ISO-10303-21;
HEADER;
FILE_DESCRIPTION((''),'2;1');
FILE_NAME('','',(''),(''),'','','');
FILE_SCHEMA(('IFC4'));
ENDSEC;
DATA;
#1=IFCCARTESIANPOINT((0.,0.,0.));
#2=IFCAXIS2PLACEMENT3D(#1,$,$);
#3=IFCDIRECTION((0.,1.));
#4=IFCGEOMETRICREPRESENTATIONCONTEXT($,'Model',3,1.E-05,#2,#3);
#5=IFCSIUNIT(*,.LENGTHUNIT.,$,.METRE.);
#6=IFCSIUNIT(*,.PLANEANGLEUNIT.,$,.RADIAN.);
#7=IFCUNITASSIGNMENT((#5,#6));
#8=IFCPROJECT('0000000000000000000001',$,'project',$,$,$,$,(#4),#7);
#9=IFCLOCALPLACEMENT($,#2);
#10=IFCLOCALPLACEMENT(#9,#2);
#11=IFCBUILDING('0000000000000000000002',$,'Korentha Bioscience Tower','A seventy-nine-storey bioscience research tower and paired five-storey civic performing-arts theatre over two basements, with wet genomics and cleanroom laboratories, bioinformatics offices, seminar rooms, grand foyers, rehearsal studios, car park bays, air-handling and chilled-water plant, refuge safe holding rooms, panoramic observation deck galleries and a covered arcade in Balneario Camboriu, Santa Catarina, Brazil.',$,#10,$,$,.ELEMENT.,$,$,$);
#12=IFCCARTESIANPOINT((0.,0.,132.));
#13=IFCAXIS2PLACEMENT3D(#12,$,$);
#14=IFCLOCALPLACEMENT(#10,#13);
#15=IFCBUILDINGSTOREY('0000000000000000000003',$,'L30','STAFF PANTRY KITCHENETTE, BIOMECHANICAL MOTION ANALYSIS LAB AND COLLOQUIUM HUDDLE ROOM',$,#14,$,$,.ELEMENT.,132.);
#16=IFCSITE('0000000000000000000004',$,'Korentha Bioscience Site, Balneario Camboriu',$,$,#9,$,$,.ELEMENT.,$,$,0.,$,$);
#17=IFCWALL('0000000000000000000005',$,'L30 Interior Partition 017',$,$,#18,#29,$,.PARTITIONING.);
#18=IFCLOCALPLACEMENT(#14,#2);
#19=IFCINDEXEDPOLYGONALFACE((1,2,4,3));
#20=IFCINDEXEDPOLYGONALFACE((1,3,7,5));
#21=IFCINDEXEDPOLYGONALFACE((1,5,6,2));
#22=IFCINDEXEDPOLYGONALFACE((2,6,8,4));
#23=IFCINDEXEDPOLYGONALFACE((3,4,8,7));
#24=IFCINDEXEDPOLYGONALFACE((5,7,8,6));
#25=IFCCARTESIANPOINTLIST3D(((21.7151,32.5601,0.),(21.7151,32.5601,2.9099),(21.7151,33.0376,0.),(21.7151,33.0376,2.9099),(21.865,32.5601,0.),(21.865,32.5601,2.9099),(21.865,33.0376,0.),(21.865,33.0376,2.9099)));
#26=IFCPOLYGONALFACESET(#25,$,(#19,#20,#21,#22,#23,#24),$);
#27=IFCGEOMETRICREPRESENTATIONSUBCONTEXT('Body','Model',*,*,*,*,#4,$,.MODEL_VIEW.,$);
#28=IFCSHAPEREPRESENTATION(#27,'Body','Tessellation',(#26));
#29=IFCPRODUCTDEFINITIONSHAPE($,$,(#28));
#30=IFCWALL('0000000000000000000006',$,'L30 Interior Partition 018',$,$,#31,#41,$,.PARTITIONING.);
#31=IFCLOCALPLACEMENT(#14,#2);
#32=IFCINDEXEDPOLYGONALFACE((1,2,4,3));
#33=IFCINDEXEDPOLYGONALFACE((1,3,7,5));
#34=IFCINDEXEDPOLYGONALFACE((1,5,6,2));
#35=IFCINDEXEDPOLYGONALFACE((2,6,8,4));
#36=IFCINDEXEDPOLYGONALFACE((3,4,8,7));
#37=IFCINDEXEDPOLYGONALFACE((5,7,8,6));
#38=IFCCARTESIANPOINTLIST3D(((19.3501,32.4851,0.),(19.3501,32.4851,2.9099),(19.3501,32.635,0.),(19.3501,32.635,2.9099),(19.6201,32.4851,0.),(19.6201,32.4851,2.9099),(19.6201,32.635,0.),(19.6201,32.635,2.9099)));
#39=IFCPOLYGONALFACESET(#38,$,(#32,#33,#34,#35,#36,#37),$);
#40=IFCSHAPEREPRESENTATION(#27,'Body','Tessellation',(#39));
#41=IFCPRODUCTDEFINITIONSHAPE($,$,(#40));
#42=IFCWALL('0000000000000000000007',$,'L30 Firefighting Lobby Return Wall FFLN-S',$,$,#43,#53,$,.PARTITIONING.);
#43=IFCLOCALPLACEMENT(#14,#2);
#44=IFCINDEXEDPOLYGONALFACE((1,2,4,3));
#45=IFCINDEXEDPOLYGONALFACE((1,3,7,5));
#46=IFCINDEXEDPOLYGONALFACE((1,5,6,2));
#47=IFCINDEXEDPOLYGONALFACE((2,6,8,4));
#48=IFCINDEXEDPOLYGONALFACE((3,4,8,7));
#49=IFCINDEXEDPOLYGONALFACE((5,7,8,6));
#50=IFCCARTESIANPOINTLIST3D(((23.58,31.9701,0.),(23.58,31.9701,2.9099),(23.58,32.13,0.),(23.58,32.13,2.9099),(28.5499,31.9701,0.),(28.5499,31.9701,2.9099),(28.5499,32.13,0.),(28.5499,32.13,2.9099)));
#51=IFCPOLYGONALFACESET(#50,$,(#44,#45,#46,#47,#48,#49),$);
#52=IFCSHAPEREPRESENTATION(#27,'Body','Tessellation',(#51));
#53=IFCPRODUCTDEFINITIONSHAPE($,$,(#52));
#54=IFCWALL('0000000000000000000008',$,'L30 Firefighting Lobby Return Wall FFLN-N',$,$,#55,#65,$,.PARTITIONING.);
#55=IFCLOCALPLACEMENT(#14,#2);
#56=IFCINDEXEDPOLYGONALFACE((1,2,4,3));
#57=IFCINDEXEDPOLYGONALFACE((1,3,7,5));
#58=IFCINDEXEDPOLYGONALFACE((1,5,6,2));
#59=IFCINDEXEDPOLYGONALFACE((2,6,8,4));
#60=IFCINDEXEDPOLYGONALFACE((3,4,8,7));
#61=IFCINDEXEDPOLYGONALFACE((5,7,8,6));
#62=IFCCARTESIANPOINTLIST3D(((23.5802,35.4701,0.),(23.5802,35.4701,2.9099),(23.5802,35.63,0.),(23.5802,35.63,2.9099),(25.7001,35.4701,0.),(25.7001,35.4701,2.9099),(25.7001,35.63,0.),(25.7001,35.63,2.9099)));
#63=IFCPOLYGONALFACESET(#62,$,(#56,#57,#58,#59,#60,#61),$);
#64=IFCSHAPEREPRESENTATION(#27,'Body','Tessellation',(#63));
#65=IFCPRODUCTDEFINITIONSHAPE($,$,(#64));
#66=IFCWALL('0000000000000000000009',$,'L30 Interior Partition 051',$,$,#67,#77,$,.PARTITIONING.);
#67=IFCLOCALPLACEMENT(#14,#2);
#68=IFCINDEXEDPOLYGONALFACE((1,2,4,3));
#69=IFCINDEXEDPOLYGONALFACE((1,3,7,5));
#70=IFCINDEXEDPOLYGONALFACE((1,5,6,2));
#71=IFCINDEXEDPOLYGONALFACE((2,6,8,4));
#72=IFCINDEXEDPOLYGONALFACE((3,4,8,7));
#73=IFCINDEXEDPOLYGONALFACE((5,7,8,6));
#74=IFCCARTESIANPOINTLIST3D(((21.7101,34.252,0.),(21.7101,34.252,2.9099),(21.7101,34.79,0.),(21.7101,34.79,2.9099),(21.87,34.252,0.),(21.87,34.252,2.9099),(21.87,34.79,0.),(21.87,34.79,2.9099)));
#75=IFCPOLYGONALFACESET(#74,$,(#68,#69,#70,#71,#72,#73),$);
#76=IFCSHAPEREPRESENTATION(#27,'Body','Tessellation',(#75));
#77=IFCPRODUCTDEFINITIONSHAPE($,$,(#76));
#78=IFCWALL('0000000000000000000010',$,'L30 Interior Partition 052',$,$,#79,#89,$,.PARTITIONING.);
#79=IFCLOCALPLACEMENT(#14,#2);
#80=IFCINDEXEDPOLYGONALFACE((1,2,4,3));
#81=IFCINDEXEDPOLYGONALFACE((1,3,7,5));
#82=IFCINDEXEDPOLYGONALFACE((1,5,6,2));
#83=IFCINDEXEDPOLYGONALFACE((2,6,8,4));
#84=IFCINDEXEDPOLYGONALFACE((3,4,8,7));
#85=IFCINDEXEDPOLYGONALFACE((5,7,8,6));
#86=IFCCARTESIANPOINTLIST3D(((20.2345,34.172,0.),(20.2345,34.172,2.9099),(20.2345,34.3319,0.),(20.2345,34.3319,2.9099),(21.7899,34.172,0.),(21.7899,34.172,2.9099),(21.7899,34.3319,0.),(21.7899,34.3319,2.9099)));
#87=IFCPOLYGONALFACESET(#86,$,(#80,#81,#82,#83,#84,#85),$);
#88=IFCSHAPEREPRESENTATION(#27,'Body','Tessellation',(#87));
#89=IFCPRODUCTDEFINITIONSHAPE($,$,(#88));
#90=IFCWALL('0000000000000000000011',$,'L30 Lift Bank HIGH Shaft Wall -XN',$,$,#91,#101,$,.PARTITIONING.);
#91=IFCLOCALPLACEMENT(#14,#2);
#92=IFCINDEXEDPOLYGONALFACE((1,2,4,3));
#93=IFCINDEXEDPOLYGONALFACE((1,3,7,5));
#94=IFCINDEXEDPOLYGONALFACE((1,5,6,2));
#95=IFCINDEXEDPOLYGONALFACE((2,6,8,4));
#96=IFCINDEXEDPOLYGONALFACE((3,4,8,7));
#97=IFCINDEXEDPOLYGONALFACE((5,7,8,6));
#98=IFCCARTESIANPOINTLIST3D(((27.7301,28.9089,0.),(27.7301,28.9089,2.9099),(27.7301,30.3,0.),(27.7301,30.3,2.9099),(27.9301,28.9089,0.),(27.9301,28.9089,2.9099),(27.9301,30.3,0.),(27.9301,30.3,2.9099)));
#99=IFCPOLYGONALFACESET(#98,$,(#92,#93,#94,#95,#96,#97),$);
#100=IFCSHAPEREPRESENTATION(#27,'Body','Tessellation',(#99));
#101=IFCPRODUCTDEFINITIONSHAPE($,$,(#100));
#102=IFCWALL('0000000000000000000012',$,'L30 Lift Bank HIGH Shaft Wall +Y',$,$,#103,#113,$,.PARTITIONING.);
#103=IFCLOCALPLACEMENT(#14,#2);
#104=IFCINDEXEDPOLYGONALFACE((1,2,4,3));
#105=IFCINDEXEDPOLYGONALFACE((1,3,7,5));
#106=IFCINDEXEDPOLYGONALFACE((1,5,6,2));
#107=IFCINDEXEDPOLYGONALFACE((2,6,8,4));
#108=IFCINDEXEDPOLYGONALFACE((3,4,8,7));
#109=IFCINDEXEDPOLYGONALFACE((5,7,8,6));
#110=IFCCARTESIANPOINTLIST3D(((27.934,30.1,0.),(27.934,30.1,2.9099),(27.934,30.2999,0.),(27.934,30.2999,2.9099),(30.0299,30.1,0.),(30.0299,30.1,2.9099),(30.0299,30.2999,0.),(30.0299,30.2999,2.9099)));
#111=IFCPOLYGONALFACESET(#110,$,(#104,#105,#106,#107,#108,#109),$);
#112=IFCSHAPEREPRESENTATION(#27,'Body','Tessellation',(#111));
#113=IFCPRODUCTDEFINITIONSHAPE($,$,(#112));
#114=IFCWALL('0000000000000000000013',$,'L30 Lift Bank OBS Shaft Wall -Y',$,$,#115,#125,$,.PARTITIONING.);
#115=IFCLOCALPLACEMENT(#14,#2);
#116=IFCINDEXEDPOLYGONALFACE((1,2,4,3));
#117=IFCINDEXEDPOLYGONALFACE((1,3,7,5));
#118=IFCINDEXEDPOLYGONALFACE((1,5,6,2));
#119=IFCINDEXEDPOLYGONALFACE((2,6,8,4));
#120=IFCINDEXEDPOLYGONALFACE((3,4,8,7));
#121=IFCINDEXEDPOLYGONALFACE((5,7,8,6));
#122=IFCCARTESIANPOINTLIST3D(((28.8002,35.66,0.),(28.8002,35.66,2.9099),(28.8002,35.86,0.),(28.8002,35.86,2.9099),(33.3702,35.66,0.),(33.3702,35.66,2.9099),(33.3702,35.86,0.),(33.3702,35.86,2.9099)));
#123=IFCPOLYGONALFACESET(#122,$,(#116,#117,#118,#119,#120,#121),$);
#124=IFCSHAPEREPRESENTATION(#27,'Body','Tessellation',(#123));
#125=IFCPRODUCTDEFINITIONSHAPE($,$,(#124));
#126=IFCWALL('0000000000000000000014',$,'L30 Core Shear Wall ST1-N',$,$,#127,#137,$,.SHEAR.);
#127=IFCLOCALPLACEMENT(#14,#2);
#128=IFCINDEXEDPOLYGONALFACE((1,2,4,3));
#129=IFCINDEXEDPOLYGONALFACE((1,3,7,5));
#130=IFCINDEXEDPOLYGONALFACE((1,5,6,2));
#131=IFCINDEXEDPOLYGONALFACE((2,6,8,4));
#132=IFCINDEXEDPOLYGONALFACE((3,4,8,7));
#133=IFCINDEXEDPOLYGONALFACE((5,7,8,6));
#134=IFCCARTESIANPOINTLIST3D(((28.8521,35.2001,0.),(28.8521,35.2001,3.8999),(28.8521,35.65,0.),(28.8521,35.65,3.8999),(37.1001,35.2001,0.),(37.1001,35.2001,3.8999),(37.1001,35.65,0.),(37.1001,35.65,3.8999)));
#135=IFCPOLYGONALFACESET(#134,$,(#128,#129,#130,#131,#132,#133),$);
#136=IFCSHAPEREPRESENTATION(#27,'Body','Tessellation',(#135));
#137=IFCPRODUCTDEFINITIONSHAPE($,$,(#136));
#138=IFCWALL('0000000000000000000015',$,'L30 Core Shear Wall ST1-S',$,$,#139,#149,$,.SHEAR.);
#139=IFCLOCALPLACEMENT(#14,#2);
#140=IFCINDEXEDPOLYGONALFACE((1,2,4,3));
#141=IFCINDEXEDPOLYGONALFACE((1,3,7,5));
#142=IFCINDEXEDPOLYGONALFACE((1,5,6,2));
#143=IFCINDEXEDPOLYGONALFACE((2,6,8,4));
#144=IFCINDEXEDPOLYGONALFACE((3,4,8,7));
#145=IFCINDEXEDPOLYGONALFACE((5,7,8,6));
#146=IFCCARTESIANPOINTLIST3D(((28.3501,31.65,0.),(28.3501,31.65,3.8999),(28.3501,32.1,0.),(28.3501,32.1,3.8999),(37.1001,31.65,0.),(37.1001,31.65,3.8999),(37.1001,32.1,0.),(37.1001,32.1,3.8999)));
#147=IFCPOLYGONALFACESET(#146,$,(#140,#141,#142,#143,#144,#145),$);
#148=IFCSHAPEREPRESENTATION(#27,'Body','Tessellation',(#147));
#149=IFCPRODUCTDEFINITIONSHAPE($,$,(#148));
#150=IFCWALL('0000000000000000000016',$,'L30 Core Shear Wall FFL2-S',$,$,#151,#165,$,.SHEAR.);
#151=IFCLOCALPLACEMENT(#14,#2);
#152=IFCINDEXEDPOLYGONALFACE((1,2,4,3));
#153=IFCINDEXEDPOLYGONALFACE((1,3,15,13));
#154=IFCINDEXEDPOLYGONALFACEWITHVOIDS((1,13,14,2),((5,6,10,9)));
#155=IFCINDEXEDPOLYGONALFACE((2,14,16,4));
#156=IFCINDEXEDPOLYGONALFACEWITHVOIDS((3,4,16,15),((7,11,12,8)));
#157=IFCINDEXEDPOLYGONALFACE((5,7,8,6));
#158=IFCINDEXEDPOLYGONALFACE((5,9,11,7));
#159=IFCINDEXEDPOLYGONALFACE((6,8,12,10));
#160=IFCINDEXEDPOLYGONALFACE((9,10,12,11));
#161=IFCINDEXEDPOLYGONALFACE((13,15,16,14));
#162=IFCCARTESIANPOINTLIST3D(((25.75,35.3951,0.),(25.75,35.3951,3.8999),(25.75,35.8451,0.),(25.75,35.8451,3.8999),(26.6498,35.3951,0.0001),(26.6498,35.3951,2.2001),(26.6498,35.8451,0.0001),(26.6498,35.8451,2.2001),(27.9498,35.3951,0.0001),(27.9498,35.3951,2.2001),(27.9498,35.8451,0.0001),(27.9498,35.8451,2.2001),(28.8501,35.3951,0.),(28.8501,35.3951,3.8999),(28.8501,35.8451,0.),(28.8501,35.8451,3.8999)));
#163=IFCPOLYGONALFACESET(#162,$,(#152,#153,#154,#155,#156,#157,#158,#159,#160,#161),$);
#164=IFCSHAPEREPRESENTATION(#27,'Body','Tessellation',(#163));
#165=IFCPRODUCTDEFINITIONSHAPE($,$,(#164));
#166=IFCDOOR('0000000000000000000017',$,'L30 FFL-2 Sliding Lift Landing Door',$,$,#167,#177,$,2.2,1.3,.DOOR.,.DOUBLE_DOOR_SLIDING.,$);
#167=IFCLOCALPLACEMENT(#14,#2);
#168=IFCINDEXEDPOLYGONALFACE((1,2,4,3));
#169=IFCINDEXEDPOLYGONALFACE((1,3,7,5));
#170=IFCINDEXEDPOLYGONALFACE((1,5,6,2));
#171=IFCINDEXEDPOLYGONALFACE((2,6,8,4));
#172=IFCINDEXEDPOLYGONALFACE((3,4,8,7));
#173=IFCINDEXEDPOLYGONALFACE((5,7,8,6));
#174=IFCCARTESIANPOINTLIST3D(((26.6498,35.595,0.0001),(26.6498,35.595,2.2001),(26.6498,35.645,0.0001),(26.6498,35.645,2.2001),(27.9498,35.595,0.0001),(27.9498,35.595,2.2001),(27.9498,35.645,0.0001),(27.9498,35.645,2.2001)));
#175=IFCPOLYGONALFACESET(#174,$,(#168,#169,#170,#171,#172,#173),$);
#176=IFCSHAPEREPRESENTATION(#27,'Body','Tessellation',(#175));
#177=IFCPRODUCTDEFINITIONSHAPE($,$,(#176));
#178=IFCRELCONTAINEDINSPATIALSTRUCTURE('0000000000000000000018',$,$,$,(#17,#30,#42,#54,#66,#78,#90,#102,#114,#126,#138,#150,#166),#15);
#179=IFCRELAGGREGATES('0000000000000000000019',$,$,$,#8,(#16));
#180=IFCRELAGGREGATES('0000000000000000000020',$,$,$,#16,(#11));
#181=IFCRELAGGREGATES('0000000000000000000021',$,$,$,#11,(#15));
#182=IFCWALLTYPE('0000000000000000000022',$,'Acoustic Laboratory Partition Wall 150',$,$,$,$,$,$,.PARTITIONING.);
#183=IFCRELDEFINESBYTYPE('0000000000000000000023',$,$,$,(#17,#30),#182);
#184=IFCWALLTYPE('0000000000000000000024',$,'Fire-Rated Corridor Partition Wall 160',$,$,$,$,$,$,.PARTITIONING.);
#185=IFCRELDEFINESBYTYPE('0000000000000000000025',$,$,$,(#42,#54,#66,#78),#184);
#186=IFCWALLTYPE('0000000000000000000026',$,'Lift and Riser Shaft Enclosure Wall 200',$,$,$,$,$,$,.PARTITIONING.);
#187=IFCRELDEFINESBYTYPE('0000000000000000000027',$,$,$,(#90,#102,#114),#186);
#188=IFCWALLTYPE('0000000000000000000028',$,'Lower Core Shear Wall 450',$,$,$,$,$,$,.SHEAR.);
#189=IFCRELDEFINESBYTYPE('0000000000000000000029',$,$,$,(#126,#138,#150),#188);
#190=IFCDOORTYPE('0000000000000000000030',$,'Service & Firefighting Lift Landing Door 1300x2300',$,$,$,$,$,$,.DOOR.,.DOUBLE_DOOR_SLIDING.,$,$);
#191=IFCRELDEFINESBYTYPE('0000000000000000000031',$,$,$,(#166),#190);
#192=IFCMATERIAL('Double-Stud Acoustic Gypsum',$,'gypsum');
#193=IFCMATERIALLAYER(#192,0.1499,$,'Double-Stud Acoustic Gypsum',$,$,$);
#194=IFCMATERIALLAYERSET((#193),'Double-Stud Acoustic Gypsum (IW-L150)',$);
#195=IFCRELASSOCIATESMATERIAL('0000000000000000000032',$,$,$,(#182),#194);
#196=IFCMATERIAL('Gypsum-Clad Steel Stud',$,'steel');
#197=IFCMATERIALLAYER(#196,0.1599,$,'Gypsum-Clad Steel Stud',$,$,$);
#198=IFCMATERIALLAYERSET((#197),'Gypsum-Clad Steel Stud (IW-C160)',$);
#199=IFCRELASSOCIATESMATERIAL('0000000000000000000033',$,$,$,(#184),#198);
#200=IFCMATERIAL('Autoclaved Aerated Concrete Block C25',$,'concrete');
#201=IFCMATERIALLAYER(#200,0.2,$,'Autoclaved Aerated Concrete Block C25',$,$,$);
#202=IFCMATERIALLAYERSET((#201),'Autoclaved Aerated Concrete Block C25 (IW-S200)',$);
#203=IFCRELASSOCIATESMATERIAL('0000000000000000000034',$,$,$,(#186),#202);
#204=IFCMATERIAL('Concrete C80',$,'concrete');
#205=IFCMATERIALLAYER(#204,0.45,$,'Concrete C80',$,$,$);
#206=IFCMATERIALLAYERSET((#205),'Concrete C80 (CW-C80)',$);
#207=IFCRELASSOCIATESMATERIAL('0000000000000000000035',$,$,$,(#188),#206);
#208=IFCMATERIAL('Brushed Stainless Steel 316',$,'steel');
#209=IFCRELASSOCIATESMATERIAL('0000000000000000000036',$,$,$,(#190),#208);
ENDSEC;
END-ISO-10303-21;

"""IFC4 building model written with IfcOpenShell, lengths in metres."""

from ifc_helpers import new_model, si_unit, direction, frame, frame_2d, origin, place, context, subcontext, project, spatial, rectangle, extrude, material, layer, layer_set, type_object, element, fill, save


model = new_model("IFC4")

# Units and contexts
model_context = context("Model", 3, precision=1e-05, world=origin(), true_north=direction((0.0, 1.0)))
body_context = subcontext(model_context, "Body", "Model", "MODEL_VIEW")
ifc_project = project(units=[si_unit("LENGTHUNIT", "METRE"), si_unit("PLANEANGLEUNIT", "RADIAN")], contexts=[model_context])

# Site, building, storey
site_placement = place(None, origin())
site = spatial("IfcSite", under=ifc_project, at=site_placement, Name="Korentha Bioscience Site, Balneario Camboriu", CompositionType="ELEMENT", RefElevation=0.0)
building_placement = place(site_placement, origin())
building = spatial("IfcBuilding", under=site, at=building_placement, Name="Korentha Bioscience Tower", Description="A seventy-nine-storey bioscience research tower and paired five-storey civic performing-arts theatre over two basements, with wet genomics and cleanroom laboratories, bioinformatics offices, seminar rooms, grand foyers, rehearsal studios, car park bays, air-handling and chilled-water plant, refuge safe holding rooms, panoramic observation deck galleries and a covered arcade in Balneario Camboriu, Santa Catarina, Brazil.", CompositionType="ELEMENT")
storey_placement = place(building_placement, frame((0.0, 0.0, 132.0)))
storey = spatial("IfcBuildingStorey", under=building, at=storey_placement, Name="L30", Description="STAFF PANTRY KITCHENETTE, BIOMECHANICAL MOTION ANALYSIS LAB AND COLLOQUIUM HUDDLE ROOM", CompositionType="ELEMENT", Elevation=132.0)

# Walls
ifc_material_1 = material(Name="Double-Stud Acoustic Gypsum", Category="gypsum")
ifc_layer_1 = layer(ifc_material_1, 0.1499, Name="Double-Stud Acoustic Gypsum")
ifc_layer_set_1 = layer_set([ifc_layer_1], Name="Double-Stud Acoustic Gypsum (IW-L150)")
wall_type_1 = type_object("IfcWallType", Name="Acoustic Laboratory Partition Wall 150", PredefinedType="PARTITIONING", material=ifc_layer_set_1)
wall_1_placement = place(storey_placement, frame((21.79, 33.0376, 0.0), z_axis=(0.0, 0.0, 1.0), x_axis=(0.0, -1.0, 0.0)))
element("IfcWall", 1, at=wall_1_placement, inside=storey, type_object=wall_type_1, Name="L30 Interior Partition 017", PredefinedType="PARTITIONING", context=body_context, shape_type="SweptSolid", body=[
    extrude(rectangle(XDim=0.4775, YDim=0.1499, at=frame_2d((0.2388, 0.0))), origin(), (0.0, 0.0, 1.0), 2.9099),
])
wall_2_placement = place(storey_placement, frame((19.6201, 32.5601, 0.0), z_axis=(0.0, 0.0, 1.0), x_axis=(-1.0, 0.0, 0.0)))
element("IfcWall", 2, at=wall_2_placement, inside=storey, type_object=wall_type_1, Name="L30 Interior Partition 018", PredefinedType="PARTITIONING", context=body_context, shape_type="SweptSolid", body=[
    extrude(rectangle(XDim=0.27, YDim=0.1499, at=frame_2d((0.135, 0.0))), origin(), (0.0, 0.0, 1.0), 2.9099),
])

# Shared definitions
ifc_material_2 = material(Name="Gypsum-Clad Steel Stud", Category="steel")
ifc_layer_2 = layer(ifc_material_2, 0.1599, Name="Gypsum-Clad Steel Stud")
ifc_layer_set_2 = layer_set([ifc_layer_2], Name="Gypsum-Clad Steel Stud (IW-C160)")
wall_type_2 = type_object("IfcWallType", Name="Fire-Rated Corridor Partition Wall 160", PredefinedType="PARTITIONING", material=ifc_layer_set_2)

# Walls
wall_3_placement = place(storey_placement, frame((23.5801, 32.05, 0.0), z_axis=(0.0, 0.0, 1.0), x_axis=(1.0, 0.0, 0.0)))
element("IfcWall", 3, at=wall_3_placement, inside=storey, type_object=wall_type_2, Name="L30 Firefighting Lobby Return Wall FFLN-S", PredefinedType="PARTITIONING", context=body_context, shape_type="SweptSolid", body=[
    extrude(rectangle(XDim=4.97, YDim=0.1599, at=frame_2d((2.4849, 0.0))), origin(), (0.0, 0.0, 1.0), 2.9099),
])
wall_4_placement = place(storey_placement, frame((23.5801, 35.55, 0.0), z_axis=(0.0, 0.0, 1.0), x_axis=(1.0, 0.0, 0.0)))
element("IfcWall", 4, at=wall_4_placement, inside=storey, type_object=wall_type_2, Name="L30 Firefighting Lobby Return Wall FFLN-N", PredefinedType="PARTITIONING", context=body_context, shape_type="SweptSolid", body=[
    extrude(rectangle(XDim=2.1199, YDim=0.1599, at=frame_2d((1.0601, 0.0))), origin(), (0.0, 0.0, 1.0), 2.9099),
])
wall_5_placement = place(storey_placement, frame((21.79, 34.79, 0.0), z_axis=(0.0, 0.0, 1.0), x_axis=(0.0, -1.0, 0.0)))
element("IfcWall", 5, at=wall_5_placement, inside=storey, type_object=wall_type_2, Name="L30 Interior Partition 051", PredefinedType="PARTITIONING", context=body_context, shape_type="SweptSolid", body=[
    extrude(rectangle(XDim=0.5381, YDim=0.1599, at=frame_2d((0.269, 0.0))), origin(), (0.0, 0.0, 1.0), 2.9099),
])
wall_6_placement = place(storey_placement, frame((21.79, 34.252, 0.0), z_axis=(0.0, 0.0, 1.0), x_axis=(-1.0, 0.0, 0.0)))
element("IfcWall", 6, at=wall_6_placement, inside=storey, type_object=wall_type_2, Name="L30 Interior Partition 052", PredefinedType="PARTITIONING", context=body_context, shape_type="SweptSolid", body=[
    extrude(rectangle(XDim=1.5554, YDim=0.1599, at=frame_2d((0.7778, 0.0))), origin(), (0.0, 0.0, 1.0), 2.9099),
])
ifc_material_3 = material(Name="Autoclaved Aerated Concrete Block C25", Category="concrete")
ifc_layer_3 = layer(ifc_material_3, 0.2, Name="Autoclaved Aerated Concrete Block C25")
ifc_layer_set_3 = layer_set([ifc_layer_3], Name="Autoclaved Aerated Concrete Block C25 (IW-S200)")
wall_type_3 = type_object("IfcWallType", Name="Lift and Riser Shaft Enclosure Wall 200", PredefinedType="PARTITIONING", material=ifc_layer_set_3)
wall_7_placement = place(storey_placement, frame((27.8301, 28.9089, 0.0), z_axis=(0.0, 0.0, 1.0), x_axis=(0.0, 1.0, 0.0)))
element("IfcWall", 7, at=wall_7_placement, inside=storey, type_object=wall_type_3, Name="L30 Lift Bank HIGH Shaft Wall -XN", PredefinedType="PARTITIONING", context=body_context, shape_type="SweptSolid", body=[
    extrude(rectangle(XDim=1.3911, YDim=0.2, at=frame_2d((0.6956, 0.0))), origin(), (0.0, 0.0, 1.0), 2.9099),
])
wall_8_placement = place(storey_placement, frame((27.9341, 30.2, 0.0), z_axis=(0.0, 0.0, 1.0), x_axis=(1.0, 0.0, 0.0)))
element("IfcWall", 8, at=wall_8_placement, inside=storey, type_object=wall_type_3, Name="L30 Lift Bank HIGH Shaft Wall +Y", PredefinedType="PARTITIONING", context=body_context, shape_type="SweptSolid", body=[
    extrude(rectangle(XDim=2.0959, YDim=0.2, at=frame_2d((1.0479, 0.0))), origin(), (0.0, 0.0, 1.0), 2.9099),
])
wall_9_placement = place(storey_placement, frame((28.8, 35.76, 0.0), z_axis=(0.0, 0.0, 1.0), x_axis=(1.0, 0.0, 0.0)))
element("IfcWall", 9, at=wall_9_placement, inside=storey, type_object=wall_type_3, Name="L30 Lift Bank OBS Shaft Wall -Y", PredefinedType="PARTITIONING", context=body_context, shape_type="SweptSolid", body=[
    extrude(rectangle(XDim=4.5701, YDim=0.2, at=frame_2d((2.2852, 0.0))), origin(), (0.0, 0.0, 1.0), 2.9099),
])
ifc_material_4 = material(Name="Concrete C80", Category="concrete")
ifc_layer_4 = layer(ifc_material_4, 0.45, Name="Concrete C80")
ifc_layer_set_4 = layer_set([ifc_layer_4], Name="Concrete C80 (CW-C80)")
wall_type_4 = type_object("IfcWallType", Name="Lower Core Shear Wall 450", PredefinedType="SHEAR", material=ifc_layer_set_4)
wall_10_placement = place(storey_placement, frame((28.8521, 35.425, 0.0), z_axis=(0.0, 0.0, 1.0), x_axis=(1.0, 0.0, 0.0)))
element("IfcWall", 10, at=wall_10_placement, inside=storey, type_object=wall_type_4, Name="L30 Core Shear Wall ST1-N", PredefinedType="SHEAR", context=body_context, shape_type="SweptSolid", body=[
    extrude(rectangle(XDim=8.248, YDim=0.45, at=frame_2d((4.124, 0.0))), origin(), (0.0, 0.0, 1.0), 3.8999),
])
wall_11_placement = place(storey_placement, frame((28.3501, 31.875, 0.0), z_axis=(0.0, 0.0, 1.0), x_axis=(1.0, 0.0, 0.0)))
element("IfcWall", 11, at=wall_11_placement, inside=storey, type_object=wall_type_4, Name="L30 Core Shear Wall ST1-S", PredefinedType="SHEAR", context=body_context, shape_type="SweptSolid", body=[
    extrude(rectangle(XDim=8.75, YDim=0.45, at=frame_2d((4.375, 0.0))), origin(), (0.0, 0.0, 1.0), 3.8999),
])

# Wall, opening, door
wall_12_placement = place(storey_placement, frame((25.75, 35.6201, 0.0), z_axis=(0.0, 0.0, 1.0), x_axis=(1.0, 0.0, 0.0)))
wall_12 = element("IfcWall", 12, at=wall_12_placement, inside=storey, type_object=wall_type_4, Name="L30 Core Shear Wall FFL2-S", PredefinedType="SHEAR", context=body_context, shape_type="SweptSolid", body=[
    extrude(rectangle(XDim=3.1001, YDim=0.45, at=frame_2d((1.55, 0.0))), origin(), (0.0, 0.0, 1.0), 3.8999),
])
opening_1_placement = place(wall_12_placement, frame((0.8999, 0.0, 0.0)))
opening_1 = element("IfcOpeningElement", 13, at=opening_1_placement, cuts=wall_12, PredefinedType="OPENING", context=body_context, shape_type="SweptSolid", body=[
    extrude(rectangle(XDim=1.3, YDim=2.2, at=frame_2d((0.6499, 1.1001))), frame((0.0, 0.2397, 0.0), z_axis=(0.0, -1.0, 0.0), x_axis=(1.0, 0.0, 0.0)), (0.0, 0.0, 1.0), 0.4797),
])
ifc_material_5 = material(Name="Brushed Stainless Steel 316", Category="steel")
door_type_1 = type_object("IfcDoorType", Name="Service & Firefighting Lift Landing Door 1300x2300", OperationType="DOUBLE_DOOR_SLIDING", PredefinedType="DOOR", material=ifc_material_5)
door_1_placement = place(opening_1_placement, origin())
door_1 = element("IfcDoor", 14, at=door_1_placement, inside=storey, type_object=door_type_1, Name="L30 FFL-2 Sliding Lift Landing Door", OperationType="DOUBLE_DOOR_SLIDING", OverallHeight=2.2, OverallWidth=1.3, PredefinedType="DOOR", context=body_context, shape_type="SweptSolid", body=[
    extrude(rectangle(XDim=1.3, YDim=2.2, at=frame_2d((0.6499, 1.1001))), frame((0.0, 0.0249, 0.0), z_axis=(0.0, -1.0, 0.0), x_axis=(1.0, 0.0, 0.0)), (0.0, 0.0, 1.0), 0.05),
])
fill(opening_1, door_1)

save(model, "model.ifc")
